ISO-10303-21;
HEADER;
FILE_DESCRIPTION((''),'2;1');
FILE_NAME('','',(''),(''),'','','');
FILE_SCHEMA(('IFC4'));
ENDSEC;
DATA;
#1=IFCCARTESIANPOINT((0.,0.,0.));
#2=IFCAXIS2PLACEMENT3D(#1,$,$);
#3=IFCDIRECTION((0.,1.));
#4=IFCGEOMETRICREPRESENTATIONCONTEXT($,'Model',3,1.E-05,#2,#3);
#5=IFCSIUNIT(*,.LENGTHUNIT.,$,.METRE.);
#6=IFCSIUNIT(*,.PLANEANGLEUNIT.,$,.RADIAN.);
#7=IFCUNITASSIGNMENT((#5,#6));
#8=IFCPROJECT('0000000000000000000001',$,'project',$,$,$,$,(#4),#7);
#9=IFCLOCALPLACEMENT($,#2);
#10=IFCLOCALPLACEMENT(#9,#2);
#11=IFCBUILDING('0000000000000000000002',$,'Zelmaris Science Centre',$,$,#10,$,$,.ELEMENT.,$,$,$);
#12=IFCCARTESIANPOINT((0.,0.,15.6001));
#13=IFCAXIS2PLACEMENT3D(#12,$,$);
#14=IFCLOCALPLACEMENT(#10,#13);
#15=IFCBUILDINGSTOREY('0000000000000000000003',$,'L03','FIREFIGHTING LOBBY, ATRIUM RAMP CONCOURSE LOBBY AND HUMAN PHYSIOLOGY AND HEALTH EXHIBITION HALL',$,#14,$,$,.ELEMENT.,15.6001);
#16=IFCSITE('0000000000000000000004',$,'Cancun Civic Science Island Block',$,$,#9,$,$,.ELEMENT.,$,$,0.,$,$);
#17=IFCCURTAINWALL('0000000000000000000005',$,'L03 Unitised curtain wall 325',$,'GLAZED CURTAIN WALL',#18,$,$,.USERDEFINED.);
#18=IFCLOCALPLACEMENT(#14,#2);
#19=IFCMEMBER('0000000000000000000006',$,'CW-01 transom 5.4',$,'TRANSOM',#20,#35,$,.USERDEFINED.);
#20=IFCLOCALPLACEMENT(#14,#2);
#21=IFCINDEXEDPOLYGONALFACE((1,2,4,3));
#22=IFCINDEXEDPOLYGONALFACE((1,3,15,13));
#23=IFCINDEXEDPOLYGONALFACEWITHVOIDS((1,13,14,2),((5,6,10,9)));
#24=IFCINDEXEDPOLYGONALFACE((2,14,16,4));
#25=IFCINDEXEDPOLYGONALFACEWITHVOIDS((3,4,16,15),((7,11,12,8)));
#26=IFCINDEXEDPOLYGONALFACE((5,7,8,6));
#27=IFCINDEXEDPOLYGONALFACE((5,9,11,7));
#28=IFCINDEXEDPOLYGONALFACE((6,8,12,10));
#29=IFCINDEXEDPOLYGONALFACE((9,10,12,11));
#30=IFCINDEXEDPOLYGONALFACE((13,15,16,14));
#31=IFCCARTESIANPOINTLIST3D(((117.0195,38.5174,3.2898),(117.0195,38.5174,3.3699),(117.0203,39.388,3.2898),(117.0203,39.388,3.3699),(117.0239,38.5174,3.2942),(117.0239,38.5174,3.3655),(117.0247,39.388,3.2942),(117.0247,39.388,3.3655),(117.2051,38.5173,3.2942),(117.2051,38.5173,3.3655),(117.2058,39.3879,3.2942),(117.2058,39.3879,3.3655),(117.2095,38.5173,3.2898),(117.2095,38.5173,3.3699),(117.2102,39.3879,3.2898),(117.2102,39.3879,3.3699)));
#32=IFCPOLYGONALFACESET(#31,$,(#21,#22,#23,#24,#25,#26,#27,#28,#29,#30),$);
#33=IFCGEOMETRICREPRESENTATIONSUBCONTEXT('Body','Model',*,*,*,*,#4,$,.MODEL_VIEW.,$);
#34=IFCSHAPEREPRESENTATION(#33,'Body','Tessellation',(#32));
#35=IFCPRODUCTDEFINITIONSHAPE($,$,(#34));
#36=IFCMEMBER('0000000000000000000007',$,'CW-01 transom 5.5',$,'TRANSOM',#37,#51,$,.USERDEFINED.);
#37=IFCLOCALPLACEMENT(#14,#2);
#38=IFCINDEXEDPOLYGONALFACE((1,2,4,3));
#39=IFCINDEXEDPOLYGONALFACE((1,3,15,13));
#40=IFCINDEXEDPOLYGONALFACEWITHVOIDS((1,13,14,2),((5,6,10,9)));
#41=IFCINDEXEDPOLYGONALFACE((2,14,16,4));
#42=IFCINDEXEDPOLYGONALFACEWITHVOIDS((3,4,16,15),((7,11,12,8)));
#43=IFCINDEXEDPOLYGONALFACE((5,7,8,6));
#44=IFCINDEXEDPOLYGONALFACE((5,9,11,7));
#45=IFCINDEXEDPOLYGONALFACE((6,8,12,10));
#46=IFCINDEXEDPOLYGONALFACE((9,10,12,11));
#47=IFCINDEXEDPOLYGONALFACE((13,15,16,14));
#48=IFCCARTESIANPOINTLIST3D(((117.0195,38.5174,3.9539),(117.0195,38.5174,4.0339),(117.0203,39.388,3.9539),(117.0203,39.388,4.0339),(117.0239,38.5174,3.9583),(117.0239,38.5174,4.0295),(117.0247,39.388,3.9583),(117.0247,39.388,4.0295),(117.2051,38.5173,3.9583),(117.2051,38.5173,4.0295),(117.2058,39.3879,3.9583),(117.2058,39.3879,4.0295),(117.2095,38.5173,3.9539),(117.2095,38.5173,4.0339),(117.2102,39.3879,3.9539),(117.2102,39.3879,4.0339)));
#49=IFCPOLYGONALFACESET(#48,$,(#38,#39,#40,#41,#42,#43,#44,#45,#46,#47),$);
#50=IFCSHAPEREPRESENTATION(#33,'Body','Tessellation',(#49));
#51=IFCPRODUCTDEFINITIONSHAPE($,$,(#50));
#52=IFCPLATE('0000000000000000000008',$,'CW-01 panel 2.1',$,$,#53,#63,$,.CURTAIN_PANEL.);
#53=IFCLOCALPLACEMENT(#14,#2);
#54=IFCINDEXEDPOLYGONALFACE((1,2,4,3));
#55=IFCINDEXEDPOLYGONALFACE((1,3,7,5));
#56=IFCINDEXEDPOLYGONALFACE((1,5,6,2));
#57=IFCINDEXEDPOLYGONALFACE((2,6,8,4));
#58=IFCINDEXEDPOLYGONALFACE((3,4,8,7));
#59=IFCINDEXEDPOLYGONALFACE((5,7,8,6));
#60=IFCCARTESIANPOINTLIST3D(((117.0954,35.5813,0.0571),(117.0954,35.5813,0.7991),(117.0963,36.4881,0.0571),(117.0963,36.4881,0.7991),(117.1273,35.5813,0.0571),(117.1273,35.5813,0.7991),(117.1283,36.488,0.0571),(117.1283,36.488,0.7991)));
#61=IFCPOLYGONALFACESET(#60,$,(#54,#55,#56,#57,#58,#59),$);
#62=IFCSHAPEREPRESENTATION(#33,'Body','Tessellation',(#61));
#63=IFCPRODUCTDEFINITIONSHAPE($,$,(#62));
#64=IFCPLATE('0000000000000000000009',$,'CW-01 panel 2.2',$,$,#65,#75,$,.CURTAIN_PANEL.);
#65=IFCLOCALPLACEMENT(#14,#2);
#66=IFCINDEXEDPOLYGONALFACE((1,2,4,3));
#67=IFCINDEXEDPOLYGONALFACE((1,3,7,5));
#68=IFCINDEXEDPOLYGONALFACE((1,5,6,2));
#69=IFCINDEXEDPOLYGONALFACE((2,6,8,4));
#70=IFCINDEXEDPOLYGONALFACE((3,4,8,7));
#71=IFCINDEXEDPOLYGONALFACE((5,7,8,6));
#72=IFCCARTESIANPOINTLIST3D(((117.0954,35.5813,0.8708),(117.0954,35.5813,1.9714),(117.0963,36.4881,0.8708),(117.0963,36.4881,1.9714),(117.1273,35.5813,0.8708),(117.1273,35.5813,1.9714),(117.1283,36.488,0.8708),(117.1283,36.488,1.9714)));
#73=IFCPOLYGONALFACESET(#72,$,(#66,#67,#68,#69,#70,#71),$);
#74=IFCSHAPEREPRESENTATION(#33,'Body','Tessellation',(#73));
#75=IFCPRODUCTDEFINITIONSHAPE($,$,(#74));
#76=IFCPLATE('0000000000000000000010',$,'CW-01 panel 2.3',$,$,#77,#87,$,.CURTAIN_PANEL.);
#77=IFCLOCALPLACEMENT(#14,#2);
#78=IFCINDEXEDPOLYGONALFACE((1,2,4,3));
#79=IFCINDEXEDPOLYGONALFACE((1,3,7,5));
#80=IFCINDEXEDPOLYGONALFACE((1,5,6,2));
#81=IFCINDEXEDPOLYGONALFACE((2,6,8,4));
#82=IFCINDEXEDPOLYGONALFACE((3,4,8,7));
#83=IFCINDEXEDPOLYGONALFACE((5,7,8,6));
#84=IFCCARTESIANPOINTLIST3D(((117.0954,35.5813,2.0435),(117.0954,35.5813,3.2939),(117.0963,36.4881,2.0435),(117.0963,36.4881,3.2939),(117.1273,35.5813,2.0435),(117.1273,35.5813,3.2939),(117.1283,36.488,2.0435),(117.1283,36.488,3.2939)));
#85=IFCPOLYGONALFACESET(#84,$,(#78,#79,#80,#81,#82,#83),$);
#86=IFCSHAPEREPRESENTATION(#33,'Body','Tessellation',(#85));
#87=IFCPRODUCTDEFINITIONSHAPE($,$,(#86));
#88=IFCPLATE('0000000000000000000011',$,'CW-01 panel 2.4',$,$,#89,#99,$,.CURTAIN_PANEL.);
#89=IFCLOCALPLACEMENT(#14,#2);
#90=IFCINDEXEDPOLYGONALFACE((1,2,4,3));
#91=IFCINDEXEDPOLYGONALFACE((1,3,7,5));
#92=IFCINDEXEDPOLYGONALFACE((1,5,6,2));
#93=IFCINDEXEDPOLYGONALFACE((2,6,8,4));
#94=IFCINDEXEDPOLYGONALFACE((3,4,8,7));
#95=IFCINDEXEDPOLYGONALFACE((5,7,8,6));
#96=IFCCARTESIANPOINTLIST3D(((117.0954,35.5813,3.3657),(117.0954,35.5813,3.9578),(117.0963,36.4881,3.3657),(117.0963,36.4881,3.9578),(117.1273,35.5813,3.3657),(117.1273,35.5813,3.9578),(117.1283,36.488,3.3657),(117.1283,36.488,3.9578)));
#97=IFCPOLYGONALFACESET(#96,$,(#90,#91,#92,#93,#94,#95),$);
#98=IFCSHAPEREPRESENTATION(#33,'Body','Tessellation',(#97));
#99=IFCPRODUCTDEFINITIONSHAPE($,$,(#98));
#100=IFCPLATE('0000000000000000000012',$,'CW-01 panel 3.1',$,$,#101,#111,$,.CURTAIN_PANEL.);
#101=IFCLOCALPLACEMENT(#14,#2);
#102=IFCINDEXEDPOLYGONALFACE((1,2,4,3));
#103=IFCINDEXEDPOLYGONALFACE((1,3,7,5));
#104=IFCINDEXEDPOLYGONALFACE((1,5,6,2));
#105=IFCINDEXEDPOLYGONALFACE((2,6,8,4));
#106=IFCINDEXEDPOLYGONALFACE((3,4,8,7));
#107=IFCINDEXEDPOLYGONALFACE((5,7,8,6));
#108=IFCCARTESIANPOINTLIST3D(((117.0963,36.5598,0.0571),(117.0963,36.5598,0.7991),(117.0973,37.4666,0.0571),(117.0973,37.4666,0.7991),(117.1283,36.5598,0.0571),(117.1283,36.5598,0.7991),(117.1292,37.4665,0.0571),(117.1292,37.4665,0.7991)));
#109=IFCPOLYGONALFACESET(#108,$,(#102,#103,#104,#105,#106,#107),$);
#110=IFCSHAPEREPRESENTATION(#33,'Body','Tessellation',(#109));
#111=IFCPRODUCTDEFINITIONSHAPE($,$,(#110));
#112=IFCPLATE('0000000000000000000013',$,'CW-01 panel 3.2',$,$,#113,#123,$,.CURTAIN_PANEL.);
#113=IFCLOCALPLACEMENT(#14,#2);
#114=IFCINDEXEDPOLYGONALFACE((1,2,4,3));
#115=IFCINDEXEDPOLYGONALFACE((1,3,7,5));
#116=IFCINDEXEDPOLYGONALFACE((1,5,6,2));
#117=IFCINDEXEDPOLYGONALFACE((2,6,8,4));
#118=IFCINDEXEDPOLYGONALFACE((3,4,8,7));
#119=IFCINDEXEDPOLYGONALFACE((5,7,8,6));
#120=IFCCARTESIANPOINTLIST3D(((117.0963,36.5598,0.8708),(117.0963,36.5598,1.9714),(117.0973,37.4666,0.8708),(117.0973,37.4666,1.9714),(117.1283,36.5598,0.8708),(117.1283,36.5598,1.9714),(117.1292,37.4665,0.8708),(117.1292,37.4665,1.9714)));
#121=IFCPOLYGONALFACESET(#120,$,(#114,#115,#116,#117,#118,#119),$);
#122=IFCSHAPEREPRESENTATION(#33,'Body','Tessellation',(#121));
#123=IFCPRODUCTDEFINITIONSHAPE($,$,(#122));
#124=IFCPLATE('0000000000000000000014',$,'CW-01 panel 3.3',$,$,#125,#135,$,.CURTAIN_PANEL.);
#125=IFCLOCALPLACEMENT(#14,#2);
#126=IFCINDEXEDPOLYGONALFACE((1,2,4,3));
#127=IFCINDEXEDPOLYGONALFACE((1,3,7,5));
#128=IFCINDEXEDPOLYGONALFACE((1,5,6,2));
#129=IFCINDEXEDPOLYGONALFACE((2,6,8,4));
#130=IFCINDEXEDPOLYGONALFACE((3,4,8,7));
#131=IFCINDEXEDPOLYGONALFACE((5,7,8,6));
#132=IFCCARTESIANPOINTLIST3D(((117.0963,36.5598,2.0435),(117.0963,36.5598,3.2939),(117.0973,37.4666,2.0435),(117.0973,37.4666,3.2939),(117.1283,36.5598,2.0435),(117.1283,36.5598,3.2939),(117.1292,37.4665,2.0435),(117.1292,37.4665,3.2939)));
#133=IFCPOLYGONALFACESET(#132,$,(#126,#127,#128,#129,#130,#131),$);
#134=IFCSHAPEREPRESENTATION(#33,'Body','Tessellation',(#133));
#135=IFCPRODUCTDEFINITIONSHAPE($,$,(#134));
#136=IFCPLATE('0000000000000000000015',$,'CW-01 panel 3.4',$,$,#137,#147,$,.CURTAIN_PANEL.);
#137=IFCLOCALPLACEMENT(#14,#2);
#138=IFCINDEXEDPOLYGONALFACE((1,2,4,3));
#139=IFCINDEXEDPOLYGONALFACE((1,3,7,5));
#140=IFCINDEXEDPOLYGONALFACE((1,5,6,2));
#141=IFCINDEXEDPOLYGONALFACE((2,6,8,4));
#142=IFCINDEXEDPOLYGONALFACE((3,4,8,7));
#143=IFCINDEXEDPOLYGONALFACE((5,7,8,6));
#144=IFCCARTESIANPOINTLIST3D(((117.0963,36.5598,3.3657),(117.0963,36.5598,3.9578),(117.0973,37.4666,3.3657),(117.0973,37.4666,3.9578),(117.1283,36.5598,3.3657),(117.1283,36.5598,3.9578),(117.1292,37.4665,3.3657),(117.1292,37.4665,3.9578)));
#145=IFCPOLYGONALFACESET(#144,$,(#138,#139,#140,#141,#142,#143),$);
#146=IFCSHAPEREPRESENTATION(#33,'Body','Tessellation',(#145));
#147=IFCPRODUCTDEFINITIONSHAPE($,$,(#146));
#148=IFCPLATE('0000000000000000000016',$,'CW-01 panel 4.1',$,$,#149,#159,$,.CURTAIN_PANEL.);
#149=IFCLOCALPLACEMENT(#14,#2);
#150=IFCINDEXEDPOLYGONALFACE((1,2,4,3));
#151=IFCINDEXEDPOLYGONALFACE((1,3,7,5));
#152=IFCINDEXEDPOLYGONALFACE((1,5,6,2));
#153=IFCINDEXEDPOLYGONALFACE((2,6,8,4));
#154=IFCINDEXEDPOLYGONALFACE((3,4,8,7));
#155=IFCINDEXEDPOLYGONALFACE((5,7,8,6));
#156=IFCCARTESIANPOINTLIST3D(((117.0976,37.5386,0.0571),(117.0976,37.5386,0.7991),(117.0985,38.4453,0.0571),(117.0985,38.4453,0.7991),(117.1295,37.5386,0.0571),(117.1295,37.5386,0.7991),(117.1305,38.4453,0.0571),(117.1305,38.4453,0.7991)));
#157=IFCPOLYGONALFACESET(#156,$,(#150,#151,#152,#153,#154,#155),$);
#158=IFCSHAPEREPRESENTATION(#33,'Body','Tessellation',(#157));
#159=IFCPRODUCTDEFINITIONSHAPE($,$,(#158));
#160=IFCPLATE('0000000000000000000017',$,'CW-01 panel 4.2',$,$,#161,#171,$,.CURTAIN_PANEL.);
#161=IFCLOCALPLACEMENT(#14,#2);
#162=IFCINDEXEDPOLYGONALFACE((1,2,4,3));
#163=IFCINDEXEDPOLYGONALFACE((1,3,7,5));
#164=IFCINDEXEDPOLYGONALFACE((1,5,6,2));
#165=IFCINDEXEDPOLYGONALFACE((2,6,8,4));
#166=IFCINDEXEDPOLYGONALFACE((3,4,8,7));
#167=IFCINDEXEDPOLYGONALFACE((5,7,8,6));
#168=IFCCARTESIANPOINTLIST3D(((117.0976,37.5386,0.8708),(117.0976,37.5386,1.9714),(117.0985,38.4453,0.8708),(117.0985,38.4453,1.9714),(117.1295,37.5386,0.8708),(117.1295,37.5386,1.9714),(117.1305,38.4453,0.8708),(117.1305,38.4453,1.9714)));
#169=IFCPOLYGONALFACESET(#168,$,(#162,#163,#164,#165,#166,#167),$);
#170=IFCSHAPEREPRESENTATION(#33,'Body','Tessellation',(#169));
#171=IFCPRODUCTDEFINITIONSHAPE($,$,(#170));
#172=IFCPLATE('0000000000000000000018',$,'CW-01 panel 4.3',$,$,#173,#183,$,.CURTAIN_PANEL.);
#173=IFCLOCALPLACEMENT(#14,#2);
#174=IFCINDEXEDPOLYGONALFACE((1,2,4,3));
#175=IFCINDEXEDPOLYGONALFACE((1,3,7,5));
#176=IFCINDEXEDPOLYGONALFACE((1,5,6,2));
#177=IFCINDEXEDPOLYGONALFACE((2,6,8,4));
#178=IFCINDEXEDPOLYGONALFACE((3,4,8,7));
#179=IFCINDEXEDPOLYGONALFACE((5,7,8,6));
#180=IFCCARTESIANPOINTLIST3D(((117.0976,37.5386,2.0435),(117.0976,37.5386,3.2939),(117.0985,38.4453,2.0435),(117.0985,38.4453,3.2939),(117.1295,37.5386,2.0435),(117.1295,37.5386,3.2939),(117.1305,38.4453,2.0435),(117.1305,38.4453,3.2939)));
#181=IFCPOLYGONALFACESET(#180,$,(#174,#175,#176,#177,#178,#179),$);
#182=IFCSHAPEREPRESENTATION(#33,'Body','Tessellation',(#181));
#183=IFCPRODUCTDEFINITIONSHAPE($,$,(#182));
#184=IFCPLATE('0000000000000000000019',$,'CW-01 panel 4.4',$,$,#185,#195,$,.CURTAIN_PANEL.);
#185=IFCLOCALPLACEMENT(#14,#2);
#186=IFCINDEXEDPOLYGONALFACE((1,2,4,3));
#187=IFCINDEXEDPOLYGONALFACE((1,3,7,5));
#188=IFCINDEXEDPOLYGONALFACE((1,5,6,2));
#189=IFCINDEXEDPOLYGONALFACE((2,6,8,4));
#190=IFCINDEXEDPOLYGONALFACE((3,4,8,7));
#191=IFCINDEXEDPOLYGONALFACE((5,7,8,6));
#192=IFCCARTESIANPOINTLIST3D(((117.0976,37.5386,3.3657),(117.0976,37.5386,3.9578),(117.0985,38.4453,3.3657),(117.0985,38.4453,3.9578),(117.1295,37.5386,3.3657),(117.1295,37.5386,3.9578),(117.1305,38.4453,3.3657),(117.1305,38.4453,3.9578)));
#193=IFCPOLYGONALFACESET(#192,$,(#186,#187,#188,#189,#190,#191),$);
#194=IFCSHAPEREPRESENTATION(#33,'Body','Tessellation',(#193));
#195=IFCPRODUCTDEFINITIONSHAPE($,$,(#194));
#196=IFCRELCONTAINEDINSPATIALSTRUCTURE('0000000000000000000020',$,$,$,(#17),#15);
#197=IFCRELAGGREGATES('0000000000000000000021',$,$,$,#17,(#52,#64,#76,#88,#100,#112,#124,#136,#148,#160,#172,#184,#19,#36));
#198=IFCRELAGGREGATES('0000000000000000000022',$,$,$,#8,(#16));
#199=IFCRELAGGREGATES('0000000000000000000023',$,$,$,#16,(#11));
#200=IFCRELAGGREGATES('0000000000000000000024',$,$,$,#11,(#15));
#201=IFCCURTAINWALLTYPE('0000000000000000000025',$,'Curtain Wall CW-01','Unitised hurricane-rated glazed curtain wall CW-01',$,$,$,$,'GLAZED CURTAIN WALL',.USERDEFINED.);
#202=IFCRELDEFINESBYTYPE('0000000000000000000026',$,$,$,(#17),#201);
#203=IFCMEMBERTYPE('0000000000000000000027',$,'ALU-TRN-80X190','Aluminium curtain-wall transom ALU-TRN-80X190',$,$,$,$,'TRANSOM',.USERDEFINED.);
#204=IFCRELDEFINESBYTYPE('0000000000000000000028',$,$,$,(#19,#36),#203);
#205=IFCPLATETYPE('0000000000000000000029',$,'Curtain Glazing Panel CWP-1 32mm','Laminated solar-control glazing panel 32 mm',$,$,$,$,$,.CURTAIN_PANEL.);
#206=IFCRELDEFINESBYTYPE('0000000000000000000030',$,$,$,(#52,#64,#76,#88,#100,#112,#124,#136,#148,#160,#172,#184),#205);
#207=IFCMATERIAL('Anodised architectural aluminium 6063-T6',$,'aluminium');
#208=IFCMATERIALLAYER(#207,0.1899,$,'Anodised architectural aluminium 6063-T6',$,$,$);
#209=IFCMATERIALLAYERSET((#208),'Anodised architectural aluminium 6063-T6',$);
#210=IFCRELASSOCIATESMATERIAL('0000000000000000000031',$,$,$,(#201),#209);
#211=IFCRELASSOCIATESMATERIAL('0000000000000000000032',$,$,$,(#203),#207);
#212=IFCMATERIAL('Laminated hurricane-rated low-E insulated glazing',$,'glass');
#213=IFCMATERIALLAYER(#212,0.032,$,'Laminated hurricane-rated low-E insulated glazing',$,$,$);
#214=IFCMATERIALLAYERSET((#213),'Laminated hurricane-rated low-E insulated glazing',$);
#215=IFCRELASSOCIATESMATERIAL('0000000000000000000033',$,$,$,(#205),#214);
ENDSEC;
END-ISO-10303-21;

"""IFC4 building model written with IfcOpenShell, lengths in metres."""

from ifc_helpers import new_model, si_unit, direction, frame, origin, origin_2d, place, context, subcontext, project, spatial, rectangle, hollow_rectangle, extrude, material, layer, layer_set, material_profile, profile_set, type_object, element, aggregate, save


model = new_model("IFC4")

# Units and contexts
model_context = context("Model", 3, precision=1e-05, world=origin(), true_north=direction((0.0, 1.0)))
body_context = subcontext(model_context, "Body", "Model", "MODEL_VIEW")
ifc_project = project(units=[si_unit("LENGTHUNIT", "METRE"), si_unit("PLANEANGLEUNIT", "RADIAN")], contexts=[model_context])

# Site, building, storey
site_placement = place(None, origin())
site = spatial("IfcSite", under=ifc_project, at=site_placement, Name="Cancun Civic Science Island Block", CompositionType="ELEMENT", RefElevation=0.0)
building_placement = place(site_placement, origin())
building = spatial("IfcBuilding", under=site, at=building_placement, Name="Zelmaris Science Centre", CompositionType="ELEMENT")
storey_placement = place(building_placement, frame((0.0, 0.0, 15.6001)))
storey = spatial("IfcBuildingStorey", under=building, at=storey_placement, Name="L03", Description="FIREFIGHTING LOBBY, ATRIUM RAMP CONCOURSE LOBBY AND HUMAN PHYSIOLOGY AND HEALTH EXHIBITION HALL", CompositionType="ELEMENT", Elevation=15.6001)

# Curtain wall, members, plates
ifc_material_1 = material(Name="Anodised architectural aluminium 6063-T6", Category="aluminium")
ifc_layer_1 = layer(ifc_material_1, 0.1899, Name="Anodised architectural aluminium 6063-T6")
ifc_layer_set_1 = layer_set([ifc_layer_1], Name="Anodised architectural aluminium 6063-T6")
curtain_wall_type = type_object("IfcCurtainWallType", Name="Curtain Wall CW-01", Description="Unitised hurricane-rated glazed curtain wall CW-01", ElementType="GLAZED CURTAIN WALL", PredefinedType="USERDEFINED", material=ifc_layer_set_1)
curtain_wall_placement = place(storey_placement, origin())
curtain_wall = element("IfcCurtainWall", 1, at=curtain_wall_placement, inside=storey, type_object=curtain_wall_type, Name="L03 Unitised curtain wall 325", ObjectType="GLAZED CURTAIN WALL", PredefinedType="USERDEFINED")
ifc_material_profile_1 = material_profile(ifc_material_1, hollow_rectangle(XDim=0.0801, YDim=0.1899, WallThickness=0.0044, at=origin_2d()), Name="ALU-TRN-80X190")
ifc_profile_set_1 = profile_set([ifc_material_profile_1], Name="Anodised architectural aluminium 6063-T6")
member_type_1 = type_object("IfcMemberType", Name="ALU-TRN-80X190", Description="Aluminium curtain-wall transom ALU-TRN-80X190", ElementType="TRANSOM", PredefinedType="USERDEFINED", material=ifc_profile_set_1)
member_1_placement = place(storey_placement, frame((117.1145, 38.5173, 3.3298), z_axis=(0.000841, 1.0, 0.0), x_axis=(0.0, 0.0, 1.0)))
member_1 = element("IfcMember", 2, at=member_1_placement, type_object=member_type_1, Name="CW-01 transom 5.4", ObjectType="TRANSOM", PredefinedType="USERDEFINED", context=body_context, shape_type="SweptSolid", body=[
    extrude(hollow_rectangle(XDim=0.0801, YDim=0.1899, WallThickness=0.0044, at=origin_2d()), origin(), (0.0, 0.0, 1.0), 0.8706),
])
member_2_placement = place(storey_placement, frame((117.1145, 38.5173, 3.9939), z_axis=(0.000841, 1.0, 0.0), x_axis=(0.0, 0.0, 1.0)))
member_2 = element("IfcMember", 3, at=member_2_placement, type_object=member_type_1, Name="CW-01 transom 5.5", ObjectType="TRANSOM", PredefinedType="USERDEFINED", context=body_context, shape_type="SweptSolid", body=[
    extrude(hollow_rectangle(XDim=0.0801, YDim=0.1899, WallThickness=0.0044, at=origin_2d()), origin(), (0.0, 0.0, 1.0), 0.8706),
])
ifc_material_2 = material(Name="Laminated hurricane-rated low-E insulated glazing", Category="glass")
ifc_layer_2 = layer(ifc_material_2, 0.032, Name="Laminated hurricane-rated low-E insulated glazing")
ifc_layer_set_2 = layer_set([ifc_layer_2], Name="Laminated hurricane-rated low-E insulated glazing")
plate_type = type_object("IfcPlateType", Name="Curtain Glazing Panel CWP-1 32mm", Description="Laminated solar-control glazing panel 32 mm", PredefinedType="CURTAIN_PANEL", material=ifc_layer_set_2)
plate_1_placement = place(storey_placement, frame((117.1118, 36.0347, 0.0571), z_axis=(0.0, 0.0, 1.0), x_axis=(0.001022, 0.999999, 0.0)))
plate_1 = element("IfcPlate", 4, at=plate_1_placement, type_object=plate_type, Name="CW-01 panel 2.1", PredefinedType="CURTAIN_PANEL", context=body_context, shape_type="SweptSolid", body=[
    extrude(rectangle(XDim=0.9067, YDim=0.032, at=origin_2d()), origin(), (0.0, 0.0, 1.0), 0.7419),
])
plate_2_placement = place(storey_placement, frame((117.1118, 36.0347, 0.8708), z_axis=(0.0, 0.0, 1.0), x_axis=(0.001022, 0.999999, 0.0)))
plate_2 = element("IfcPlate", 5, at=plate_2_placement, type_object=plate_type, Name="CW-01 panel 2.2", PredefinedType="CURTAIN_PANEL", context=body_context, shape_type="SweptSolid", body=[
    extrude(rectangle(XDim=0.9067, YDim=0.032, at=origin_2d()), origin(), (0.0, 0.0, 1.0), 1.1006),
])
plate_3_placement = place(storey_placement, frame((117.1118, 36.0347, 2.0435), z_axis=(0.0, 0.0, 1.0), x_axis=(0.001022, 0.999999, 0.0)))
plate_3 = element("IfcPlate", 6, at=plate_3_placement, type_object=plate_type, Name="CW-01 panel 2.3", PredefinedType="CURTAIN_PANEL", context=body_context, shape_type="SweptSolid", body=[
    extrude(rectangle(XDim=0.9067, YDim=0.032, at=origin_2d()), origin(), (0.0, 0.0, 1.0), 1.2505),
])
plate_4_placement = place(storey_placement, frame((117.1118, 36.0347, 3.3657), z_axis=(0.0, 0.0, 1.0), x_axis=(0.001022, 0.999999, 0.0)))
plate_4 = element("IfcPlate", 7, at=plate_4_placement, type_object=plate_type, Name="CW-01 panel 2.4", PredefinedType="CURTAIN_PANEL", context=body_context, shape_type="SweptSolid", body=[
    extrude(rectangle(XDim=0.9067, YDim=0.032, at=origin_2d()), origin(), (0.0, 0.0, 1.0), 0.592),
])
plate_5_placement = place(storey_placement, frame((117.1128, 37.0132, 0.0571), z_axis=(0.0, 0.0, 1.0), x_axis=(0.001022, 0.999999, 0.0)))
plate_5 = element("IfcPlate", 8, at=plate_5_placement, type_object=plate_type, Name="CW-01 panel 3.1", PredefinedType="CURTAIN_PANEL", context=body_context, shape_type="SweptSolid", body=[
    extrude(rectangle(XDim=0.9067, YDim=0.032, at=origin_2d()), origin(), (0.0, 0.0, 1.0), 0.7419),
])
plate_6_placement = place(storey_placement, frame((117.1128, 37.0132, 0.8708), z_axis=(0.0, 0.0, 1.0), x_axis=(0.001022, 0.999999, 0.0)))
plate_6 = element("IfcPlate", 9, at=plate_6_placement, type_object=plate_type, Name="CW-01 panel 3.2", PredefinedType="CURTAIN_PANEL", context=body_context, shape_type="SweptSolid", body=[
    extrude(rectangle(XDim=0.9067, YDim=0.032, at=origin_2d()), origin(), (0.0, 0.0, 1.0), 1.1006),
])
plate_7_placement = place(storey_placement, frame((117.1128, 37.0132, 2.0435), z_axis=(0.0, 0.0, 1.0), x_axis=(0.001022, 0.999999, 0.0)))
plate_7 = element("IfcPlate", 10, at=plate_7_placement, type_object=plate_type, Name="CW-01 panel 3.3", PredefinedType="CURTAIN_PANEL", context=body_context, shape_type="SweptSolid", body=[
    extrude(rectangle(XDim=0.9067, YDim=0.032, at=origin_2d()), origin(), (0.0, 0.0, 1.0), 1.2505),
])
plate_8_placement = place(storey_placement, frame((117.1128, 37.0132, 3.3657), z_axis=(0.0, 0.0, 1.0), x_axis=(0.001022, 0.999999, 0.0)))
plate_8 = element("IfcPlate", 11, at=plate_8_placement, type_object=plate_type, Name="CW-01 panel 3.4", PredefinedType="CURTAIN_PANEL", context=body_context, shape_type="SweptSolid", body=[
    extrude(rectangle(XDim=0.9067, YDim=0.032, at=origin_2d()), origin(), (0.0, 0.0, 1.0), 0.592),
])
plate_9_placement = place(storey_placement, frame((117.114, 37.9919, 0.0571), z_axis=(0.0, 0.0, 1.0), x_axis=(0.001022, 0.999999, 0.0)))
plate_9 = element("IfcPlate", 12, at=plate_9_placement, type_object=plate_type, Name="CW-01 panel 4.1", PredefinedType="CURTAIN_PANEL", context=body_context, shape_type="SweptSolid", body=[
    extrude(rectangle(XDim=0.9067, YDim=0.032, at=origin_2d()), origin(), (0.0, 0.0, 1.0), 0.7419),
])
plate_10_placement = place(storey_placement, frame((117.114, 37.9919, 0.8708), z_axis=(0.0, 0.0, 1.0), x_axis=(0.001022, 0.999999, 0.0)))
plate_10 = element("IfcPlate", 13, at=plate_10_placement, type_object=plate_type, Name="CW-01 panel 4.2", PredefinedType="CURTAIN_PANEL", context=body_context, shape_type="SweptSolid", body=[
    extrude(rectangle(XDim=0.9067, YDim=0.032, at=origin_2d()), origin(), (0.0, 0.0, 1.0), 1.1006),
])
plate_11_placement = place(storey_placement, frame((117.114, 37.9919, 2.0435), z_axis=(0.0, 0.0, 1.0), x_axis=(0.001022, 0.999999, 0.0)))
plate_11 = element("IfcPlate", 14, at=plate_11_placement, type_object=plate_type, Name="CW-01 panel 4.3", PredefinedType="CURTAIN_PANEL", context=body_context, shape_type="SweptSolid", body=[
    extrude(rectangle(XDim=0.9067, YDim=0.032, at=origin_2d()), origin(), (0.0, 0.0, 1.0), 1.2505),
])
plate_12_placement = place(storey_placement, frame((117.114, 37.9919, 3.3657), z_axis=(0.0, 0.0, 1.0), x_axis=(0.001022, 0.999999, 0.0)))
plate_12 = element("IfcPlate", 15, at=plate_12_placement, type_object=plate_type, Name="CW-01 panel 4.4", PredefinedType="CURTAIN_PANEL", context=body_context, shape_type="SweptSolid", body=[
    extrude(rectangle(XDim=0.9067, YDim=0.032, at=origin_2d()), origin(), (0.0, 0.0, 1.0), 0.592),
])
aggregate(curtain_wall, [plate_1, plate_2, plate_3, plate_4, plate_5, plate_6, plate_7, plate_8, plate_9, plate_10, plate_11, plate_12, member_1, member_2])

save(model, "model.ifc")
